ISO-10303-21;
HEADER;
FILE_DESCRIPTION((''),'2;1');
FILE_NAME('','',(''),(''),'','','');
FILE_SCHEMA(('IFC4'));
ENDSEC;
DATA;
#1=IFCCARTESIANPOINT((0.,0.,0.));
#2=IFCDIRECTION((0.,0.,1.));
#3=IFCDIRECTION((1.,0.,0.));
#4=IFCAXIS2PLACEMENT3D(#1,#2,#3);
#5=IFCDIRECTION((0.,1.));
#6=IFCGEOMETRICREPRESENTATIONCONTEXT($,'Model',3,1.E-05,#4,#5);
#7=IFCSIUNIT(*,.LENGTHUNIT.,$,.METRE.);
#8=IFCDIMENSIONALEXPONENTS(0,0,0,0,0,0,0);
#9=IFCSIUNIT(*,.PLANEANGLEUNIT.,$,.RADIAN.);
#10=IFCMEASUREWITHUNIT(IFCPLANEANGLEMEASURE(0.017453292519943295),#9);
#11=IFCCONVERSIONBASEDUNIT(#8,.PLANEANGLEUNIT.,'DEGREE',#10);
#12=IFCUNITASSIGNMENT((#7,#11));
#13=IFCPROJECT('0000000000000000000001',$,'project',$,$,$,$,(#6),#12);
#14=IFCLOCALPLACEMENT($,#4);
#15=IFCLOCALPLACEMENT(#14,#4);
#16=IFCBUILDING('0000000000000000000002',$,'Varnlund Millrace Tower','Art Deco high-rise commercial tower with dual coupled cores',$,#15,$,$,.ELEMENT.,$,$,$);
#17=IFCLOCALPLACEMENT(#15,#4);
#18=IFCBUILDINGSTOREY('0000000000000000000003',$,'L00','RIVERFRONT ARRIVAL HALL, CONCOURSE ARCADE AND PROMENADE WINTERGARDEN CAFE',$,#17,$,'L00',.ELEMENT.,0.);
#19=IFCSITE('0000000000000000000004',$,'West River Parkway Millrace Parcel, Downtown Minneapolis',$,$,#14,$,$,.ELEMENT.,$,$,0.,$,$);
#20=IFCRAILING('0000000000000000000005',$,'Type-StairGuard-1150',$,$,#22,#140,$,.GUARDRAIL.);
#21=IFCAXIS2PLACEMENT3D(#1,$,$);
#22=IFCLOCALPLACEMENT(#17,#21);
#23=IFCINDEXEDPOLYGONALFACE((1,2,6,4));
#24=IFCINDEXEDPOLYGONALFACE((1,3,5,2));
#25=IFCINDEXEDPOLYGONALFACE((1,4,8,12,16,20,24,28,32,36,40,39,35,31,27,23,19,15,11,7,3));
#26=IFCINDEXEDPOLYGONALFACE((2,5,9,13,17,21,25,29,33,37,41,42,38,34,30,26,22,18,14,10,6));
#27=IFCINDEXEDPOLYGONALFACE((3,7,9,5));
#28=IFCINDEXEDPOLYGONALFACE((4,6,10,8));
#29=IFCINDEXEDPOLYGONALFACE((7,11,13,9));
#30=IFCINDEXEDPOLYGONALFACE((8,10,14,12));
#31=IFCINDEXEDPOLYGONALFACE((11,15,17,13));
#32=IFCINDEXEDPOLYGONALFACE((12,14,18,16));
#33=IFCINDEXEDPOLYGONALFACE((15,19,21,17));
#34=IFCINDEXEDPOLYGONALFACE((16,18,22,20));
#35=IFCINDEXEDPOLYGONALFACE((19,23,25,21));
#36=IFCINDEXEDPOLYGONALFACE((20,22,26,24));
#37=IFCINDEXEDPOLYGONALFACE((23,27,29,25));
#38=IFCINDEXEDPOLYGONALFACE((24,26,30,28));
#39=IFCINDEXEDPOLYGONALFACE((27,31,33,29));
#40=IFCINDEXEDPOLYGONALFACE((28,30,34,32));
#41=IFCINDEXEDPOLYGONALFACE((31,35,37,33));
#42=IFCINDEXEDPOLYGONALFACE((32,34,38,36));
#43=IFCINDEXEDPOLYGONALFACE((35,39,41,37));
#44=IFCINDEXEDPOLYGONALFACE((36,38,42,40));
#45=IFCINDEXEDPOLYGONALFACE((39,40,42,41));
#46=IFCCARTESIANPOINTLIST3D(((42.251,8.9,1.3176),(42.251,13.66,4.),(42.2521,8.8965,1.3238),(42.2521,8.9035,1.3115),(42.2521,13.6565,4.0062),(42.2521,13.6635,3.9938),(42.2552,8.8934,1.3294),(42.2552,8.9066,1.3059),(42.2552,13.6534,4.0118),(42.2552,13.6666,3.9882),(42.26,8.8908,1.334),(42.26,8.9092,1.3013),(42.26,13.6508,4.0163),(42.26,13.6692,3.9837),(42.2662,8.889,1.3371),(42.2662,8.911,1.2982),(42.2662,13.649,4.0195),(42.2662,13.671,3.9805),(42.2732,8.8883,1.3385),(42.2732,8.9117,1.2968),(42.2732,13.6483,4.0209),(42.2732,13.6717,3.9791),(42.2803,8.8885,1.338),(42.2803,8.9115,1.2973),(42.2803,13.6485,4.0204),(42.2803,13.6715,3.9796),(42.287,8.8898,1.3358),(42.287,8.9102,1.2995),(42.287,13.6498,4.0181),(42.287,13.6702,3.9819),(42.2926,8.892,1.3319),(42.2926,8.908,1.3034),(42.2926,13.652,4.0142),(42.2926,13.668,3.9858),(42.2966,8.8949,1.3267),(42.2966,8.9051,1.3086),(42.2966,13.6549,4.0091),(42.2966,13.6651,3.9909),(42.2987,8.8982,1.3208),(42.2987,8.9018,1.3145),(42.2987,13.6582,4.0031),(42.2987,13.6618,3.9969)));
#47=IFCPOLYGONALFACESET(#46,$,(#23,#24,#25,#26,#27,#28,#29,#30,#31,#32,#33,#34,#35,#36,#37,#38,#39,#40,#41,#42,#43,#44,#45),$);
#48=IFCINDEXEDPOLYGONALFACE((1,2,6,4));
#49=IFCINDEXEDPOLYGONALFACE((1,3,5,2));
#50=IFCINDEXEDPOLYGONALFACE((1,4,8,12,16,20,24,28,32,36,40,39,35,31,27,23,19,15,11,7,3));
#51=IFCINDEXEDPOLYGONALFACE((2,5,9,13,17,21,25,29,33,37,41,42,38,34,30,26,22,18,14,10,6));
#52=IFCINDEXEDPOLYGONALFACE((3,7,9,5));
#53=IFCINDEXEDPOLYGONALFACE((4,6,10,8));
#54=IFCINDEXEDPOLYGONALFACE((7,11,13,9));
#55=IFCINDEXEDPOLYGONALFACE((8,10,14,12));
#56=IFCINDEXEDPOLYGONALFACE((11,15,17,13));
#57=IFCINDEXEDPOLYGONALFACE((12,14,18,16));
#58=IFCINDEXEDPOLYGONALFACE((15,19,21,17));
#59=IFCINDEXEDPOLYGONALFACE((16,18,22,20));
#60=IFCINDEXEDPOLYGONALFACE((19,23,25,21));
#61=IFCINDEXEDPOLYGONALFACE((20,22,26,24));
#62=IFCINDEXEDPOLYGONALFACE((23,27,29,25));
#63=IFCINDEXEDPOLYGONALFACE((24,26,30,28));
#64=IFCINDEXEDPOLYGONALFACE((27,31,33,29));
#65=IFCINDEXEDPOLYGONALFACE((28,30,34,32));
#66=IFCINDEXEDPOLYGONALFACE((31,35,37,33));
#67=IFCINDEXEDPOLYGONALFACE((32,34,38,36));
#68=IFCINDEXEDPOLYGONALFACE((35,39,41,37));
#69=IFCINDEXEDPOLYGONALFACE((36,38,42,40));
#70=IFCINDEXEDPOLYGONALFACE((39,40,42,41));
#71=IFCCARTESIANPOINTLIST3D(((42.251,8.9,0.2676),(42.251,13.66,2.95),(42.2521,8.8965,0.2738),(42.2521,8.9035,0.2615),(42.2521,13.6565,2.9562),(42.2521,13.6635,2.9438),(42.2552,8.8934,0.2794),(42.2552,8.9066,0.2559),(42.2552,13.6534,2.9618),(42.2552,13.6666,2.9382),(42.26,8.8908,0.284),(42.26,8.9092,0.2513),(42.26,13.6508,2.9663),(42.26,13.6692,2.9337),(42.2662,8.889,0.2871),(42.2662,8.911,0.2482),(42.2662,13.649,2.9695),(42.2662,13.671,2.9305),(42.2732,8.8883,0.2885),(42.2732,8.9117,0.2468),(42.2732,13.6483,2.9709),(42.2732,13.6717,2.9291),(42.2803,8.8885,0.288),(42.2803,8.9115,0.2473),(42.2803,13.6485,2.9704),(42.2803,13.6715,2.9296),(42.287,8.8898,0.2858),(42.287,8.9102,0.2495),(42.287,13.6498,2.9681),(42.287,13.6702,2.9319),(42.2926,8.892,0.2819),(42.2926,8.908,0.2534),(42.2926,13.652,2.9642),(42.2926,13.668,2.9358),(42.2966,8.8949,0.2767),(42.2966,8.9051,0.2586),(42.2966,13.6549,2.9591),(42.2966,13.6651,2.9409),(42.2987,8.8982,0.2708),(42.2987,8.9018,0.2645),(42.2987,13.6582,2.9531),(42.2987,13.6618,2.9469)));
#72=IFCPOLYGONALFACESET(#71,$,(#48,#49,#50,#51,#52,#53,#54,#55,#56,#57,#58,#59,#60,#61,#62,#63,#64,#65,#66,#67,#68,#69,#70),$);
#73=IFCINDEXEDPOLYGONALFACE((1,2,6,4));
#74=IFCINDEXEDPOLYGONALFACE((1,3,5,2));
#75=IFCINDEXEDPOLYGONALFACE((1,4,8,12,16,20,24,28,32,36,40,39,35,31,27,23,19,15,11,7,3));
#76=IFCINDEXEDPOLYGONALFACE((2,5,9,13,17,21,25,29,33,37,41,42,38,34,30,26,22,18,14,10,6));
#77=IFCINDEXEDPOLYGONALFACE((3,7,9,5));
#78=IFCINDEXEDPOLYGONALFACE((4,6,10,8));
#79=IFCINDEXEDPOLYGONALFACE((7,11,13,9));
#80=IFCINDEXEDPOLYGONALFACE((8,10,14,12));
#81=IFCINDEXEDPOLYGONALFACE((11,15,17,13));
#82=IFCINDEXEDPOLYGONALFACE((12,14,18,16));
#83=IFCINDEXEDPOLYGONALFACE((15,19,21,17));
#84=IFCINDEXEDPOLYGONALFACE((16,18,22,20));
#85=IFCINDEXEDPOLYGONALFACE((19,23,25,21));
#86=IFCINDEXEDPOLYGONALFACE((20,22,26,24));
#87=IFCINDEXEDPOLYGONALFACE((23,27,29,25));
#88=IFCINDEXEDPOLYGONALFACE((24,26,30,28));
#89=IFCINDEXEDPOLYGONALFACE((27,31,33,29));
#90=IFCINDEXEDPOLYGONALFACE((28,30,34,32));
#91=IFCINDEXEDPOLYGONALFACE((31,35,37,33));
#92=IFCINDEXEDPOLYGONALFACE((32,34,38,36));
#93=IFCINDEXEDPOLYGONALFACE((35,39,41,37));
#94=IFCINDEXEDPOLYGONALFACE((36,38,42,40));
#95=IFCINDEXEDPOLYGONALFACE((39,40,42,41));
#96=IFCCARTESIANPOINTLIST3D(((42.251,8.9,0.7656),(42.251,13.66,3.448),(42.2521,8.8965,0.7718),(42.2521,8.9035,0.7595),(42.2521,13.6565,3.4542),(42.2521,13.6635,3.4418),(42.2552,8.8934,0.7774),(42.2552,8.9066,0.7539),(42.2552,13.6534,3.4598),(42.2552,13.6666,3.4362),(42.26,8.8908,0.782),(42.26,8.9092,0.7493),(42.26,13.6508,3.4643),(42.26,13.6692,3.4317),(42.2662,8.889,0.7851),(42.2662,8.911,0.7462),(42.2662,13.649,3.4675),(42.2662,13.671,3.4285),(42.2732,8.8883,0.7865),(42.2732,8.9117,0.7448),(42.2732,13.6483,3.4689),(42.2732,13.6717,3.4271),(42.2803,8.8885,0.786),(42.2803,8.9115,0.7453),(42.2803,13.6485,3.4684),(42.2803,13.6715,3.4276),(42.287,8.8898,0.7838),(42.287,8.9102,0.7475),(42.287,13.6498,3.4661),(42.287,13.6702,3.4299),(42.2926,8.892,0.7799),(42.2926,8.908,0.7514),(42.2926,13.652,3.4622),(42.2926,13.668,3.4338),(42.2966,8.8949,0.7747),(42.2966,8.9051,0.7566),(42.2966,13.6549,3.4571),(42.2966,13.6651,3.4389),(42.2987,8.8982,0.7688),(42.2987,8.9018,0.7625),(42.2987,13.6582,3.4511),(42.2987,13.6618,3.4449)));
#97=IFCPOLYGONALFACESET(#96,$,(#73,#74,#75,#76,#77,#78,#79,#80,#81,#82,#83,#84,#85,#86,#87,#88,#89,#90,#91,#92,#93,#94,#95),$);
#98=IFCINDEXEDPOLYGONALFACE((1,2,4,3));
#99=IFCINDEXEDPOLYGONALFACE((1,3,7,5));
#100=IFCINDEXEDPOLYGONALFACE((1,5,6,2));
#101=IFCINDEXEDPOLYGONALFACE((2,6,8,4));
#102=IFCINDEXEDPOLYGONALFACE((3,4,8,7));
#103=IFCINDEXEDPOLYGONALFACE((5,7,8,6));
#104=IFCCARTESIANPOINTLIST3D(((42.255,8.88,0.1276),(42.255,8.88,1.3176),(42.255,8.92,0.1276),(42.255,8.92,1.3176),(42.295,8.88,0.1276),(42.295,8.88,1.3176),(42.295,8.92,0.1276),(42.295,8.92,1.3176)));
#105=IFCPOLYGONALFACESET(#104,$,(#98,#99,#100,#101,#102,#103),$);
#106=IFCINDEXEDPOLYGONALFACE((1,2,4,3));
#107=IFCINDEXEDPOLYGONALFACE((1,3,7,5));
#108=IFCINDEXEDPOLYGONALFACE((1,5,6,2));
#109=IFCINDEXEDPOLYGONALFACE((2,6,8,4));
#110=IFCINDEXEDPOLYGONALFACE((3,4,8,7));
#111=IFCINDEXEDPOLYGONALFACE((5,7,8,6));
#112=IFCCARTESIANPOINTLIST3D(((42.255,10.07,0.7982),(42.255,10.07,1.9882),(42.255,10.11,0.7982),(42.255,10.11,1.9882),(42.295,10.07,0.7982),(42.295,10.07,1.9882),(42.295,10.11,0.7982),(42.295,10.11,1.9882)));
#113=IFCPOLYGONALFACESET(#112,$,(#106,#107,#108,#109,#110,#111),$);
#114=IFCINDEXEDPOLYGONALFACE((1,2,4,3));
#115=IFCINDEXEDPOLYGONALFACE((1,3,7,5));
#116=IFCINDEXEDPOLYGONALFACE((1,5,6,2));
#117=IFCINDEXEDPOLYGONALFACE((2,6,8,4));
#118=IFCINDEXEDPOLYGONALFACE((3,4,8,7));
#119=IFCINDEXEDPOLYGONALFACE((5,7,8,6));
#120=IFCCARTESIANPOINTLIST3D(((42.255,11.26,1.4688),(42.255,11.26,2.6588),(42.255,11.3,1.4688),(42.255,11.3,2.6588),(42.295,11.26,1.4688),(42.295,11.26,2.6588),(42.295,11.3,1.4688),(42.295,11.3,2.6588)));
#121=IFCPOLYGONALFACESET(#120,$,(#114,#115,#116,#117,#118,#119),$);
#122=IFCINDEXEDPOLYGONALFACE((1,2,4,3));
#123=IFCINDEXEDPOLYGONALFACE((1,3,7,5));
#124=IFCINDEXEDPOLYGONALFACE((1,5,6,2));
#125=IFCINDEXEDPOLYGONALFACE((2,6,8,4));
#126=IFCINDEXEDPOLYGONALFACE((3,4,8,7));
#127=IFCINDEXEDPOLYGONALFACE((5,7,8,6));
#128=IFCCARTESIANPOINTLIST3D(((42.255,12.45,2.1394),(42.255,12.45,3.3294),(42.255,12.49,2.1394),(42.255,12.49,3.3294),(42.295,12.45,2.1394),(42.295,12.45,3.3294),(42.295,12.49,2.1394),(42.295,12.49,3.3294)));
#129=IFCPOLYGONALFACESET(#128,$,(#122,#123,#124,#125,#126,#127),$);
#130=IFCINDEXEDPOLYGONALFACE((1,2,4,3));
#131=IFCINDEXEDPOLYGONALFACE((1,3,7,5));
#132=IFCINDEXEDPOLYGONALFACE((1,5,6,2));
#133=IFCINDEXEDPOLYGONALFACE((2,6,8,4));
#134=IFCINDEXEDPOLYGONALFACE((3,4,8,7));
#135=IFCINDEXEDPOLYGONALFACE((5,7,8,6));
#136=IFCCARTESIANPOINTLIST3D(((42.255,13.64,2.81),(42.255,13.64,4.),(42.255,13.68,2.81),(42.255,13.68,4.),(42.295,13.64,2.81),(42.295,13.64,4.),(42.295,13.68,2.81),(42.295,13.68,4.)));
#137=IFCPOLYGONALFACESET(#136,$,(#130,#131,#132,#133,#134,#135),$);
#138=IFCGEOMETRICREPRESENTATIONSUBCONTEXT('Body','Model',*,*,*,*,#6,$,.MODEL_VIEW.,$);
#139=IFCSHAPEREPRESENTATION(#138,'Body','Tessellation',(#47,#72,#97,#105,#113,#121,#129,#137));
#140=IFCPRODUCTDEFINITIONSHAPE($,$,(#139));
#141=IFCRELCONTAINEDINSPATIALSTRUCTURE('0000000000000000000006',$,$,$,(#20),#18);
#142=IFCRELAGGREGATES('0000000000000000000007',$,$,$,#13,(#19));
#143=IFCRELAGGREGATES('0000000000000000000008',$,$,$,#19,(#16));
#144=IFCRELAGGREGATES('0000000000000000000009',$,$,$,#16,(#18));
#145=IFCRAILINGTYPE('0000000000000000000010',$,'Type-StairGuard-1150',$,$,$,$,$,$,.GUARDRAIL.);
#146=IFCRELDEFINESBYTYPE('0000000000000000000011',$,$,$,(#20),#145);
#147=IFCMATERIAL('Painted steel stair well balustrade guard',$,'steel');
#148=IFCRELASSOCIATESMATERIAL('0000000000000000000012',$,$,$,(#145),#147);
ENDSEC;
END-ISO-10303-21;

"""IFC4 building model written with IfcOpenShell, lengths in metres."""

from ifc_helpers import new_model, entity, si_unit, converted_unit, direction, frame, origin_with_axes, origin_2d_with_axis, place, context, subcontext, project, spatial, rectangle, circle, extrude, material, type_object, element, save


model = new_model("IFC4")

# Units and contexts
model_context = context("Model", 3, precision=1e-05, world=origin_with_axes(), true_north=direction((0.0, 1.0)))
body_context = subcontext(model_context, "Body", "Model", "MODEL_VIEW")
ifc_project = project(units=[si_unit("LENGTHUNIT", "METRE"), converted_unit("PLANEANGLEUNIT", "DEGREE", entity("IfcPlaneAngleMeasure", 0.017453292519943295), si_unit("PLANEANGLEUNIT", "RADIAN"), dimensions=[0, 0, 0, 0, 0, 0, 0])], contexts=[model_context])

# Site, building, storey
site_placement = place(None, origin_with_axes())
site = spatial("IfcSite", under=ifc_project, at=site_placement, Name="West River Parkway Millrace Parcel, Downtown Minneapolis", CompositionType="ELEMENT", RefElevation=0.0)
building_placement = place(site_placement, origin_with_axes())
building = spatial("IfcBuilding", under=site, at=building_placement, Name="Varnlund Millrace Tower", Description="Art Deco high-rise commercial tower with dual coupled cores", CompositionType="ELEMENT")
storey_placement = place(building_placement, origin_with_axes())
storey = spatial("IfcBuildingStorey", under=building, at=storey_placement, Name="L00", Description="RIVERFRONT ARRIVAL HALL, CONCOURSE ARCADE AND PROMENADE WINTERGARDEN CAFE", LongName="L00", CompositionType="ELEMENT", Elevation=0.0)

# Railing
ifc_material_1 = material(Name="Painted steel stair well balustrade guard", Category="steel")
railing_type_1 = type_object("IfcRailingType", Name="Type-StairGuard-1150", PredefinedType="GUARDRAIL", material=ifc_material_1)
railing_1_placement = place(storey_placement, origin_with_axes())
element("IfcRailing", 1, at=railing_1_placement, inside=storey, type_object=railing_type_1, Name="Type-StairGuard-1150", PredefinedType="GUARDRAIL", context=body_context, shape_type="SweptSolid", body=[
    extrude(circle(Radius=0.024, at=origin_2d_with_axis()), frame((42.275, 8.9, 1.3176), z_axis=(0.0, 0.871196, 0.490936), x_axis=(-1.0, 0.0, 0.0)), (0.0, 0.0, 1.0), 5.4638),
    extrude(circle(Radius=0.024, at=origin_2d_with_axis()), frame((42.275, 8.9, 0.2676), z_axis=(0.0, 0.871196, 0.490936), x_axis=(-1.0, 0.0, 0.0)), (0.0, 0.0, 1.0), 5.4638),
    extrude(circle(Radius=0.024, at=origin_2d_with_axis()), frame((42.275, 8.9, 0.7656), z_axis=(0.0, 0.871196, 0.490936), x_axis=(-1.0, 0.0, 0.0)), (0.0, 0.0, 1.0), 5.4638),
    extrude(rectangle(XDim=0.04, YDim=0.04, at=origin_2d_with_axis()), frame((42.275, 8.9, 0.1276), z_axis=(0.0, 0.0, 1.0), x_axis=(1.0, 0.0, 0.0)), (0.0, 0.0, 1.0), 1.19),
    extrude(rectangle(XDim=0.04, YDim=0.04, at=origin_2d_with_axis()), frame((42.275, 10.09, 0.7982), z_axis=(0.0, 0.0, 1.0), x_axis=(1.0, 0.0, 0.0)), (0.0, 0.0, 1.0), 1.19),
    extrude(rectangle(XDim=0.04, YDim=0.04, at=origin_2d_with_axis()), frame((42.275, 11.28, 1.4688), z_axis=(0.0, 0.0, 1.0), x_axis=(1.0, 0.0, 0.0)), (0.0, 0.0, 1.0), 1.19),
    extrude(rectangle(XDim=0.04, YDim=0.04, at=origin_2d_with_axis()), frame((42.275, 12.47, 2.1394), z_axis=(0.0, 0.0, 1.0), x_axis=(1.0, 0.0, 0.0)), (0.0, 0.0, 1.0), 1.19),
    extrude(rectangle(XDim=0.04, YDim=0.04, at=origin_2d_with_axis()), frame((42.275, 13.66, 2.81), z_axis=(0.0, 0.0, 1.0), x_axis=(1.0, 0.0, 0.0)), (0.0, 0.0, 1.0), 1.19),
])

save(model, "model.ifc")
